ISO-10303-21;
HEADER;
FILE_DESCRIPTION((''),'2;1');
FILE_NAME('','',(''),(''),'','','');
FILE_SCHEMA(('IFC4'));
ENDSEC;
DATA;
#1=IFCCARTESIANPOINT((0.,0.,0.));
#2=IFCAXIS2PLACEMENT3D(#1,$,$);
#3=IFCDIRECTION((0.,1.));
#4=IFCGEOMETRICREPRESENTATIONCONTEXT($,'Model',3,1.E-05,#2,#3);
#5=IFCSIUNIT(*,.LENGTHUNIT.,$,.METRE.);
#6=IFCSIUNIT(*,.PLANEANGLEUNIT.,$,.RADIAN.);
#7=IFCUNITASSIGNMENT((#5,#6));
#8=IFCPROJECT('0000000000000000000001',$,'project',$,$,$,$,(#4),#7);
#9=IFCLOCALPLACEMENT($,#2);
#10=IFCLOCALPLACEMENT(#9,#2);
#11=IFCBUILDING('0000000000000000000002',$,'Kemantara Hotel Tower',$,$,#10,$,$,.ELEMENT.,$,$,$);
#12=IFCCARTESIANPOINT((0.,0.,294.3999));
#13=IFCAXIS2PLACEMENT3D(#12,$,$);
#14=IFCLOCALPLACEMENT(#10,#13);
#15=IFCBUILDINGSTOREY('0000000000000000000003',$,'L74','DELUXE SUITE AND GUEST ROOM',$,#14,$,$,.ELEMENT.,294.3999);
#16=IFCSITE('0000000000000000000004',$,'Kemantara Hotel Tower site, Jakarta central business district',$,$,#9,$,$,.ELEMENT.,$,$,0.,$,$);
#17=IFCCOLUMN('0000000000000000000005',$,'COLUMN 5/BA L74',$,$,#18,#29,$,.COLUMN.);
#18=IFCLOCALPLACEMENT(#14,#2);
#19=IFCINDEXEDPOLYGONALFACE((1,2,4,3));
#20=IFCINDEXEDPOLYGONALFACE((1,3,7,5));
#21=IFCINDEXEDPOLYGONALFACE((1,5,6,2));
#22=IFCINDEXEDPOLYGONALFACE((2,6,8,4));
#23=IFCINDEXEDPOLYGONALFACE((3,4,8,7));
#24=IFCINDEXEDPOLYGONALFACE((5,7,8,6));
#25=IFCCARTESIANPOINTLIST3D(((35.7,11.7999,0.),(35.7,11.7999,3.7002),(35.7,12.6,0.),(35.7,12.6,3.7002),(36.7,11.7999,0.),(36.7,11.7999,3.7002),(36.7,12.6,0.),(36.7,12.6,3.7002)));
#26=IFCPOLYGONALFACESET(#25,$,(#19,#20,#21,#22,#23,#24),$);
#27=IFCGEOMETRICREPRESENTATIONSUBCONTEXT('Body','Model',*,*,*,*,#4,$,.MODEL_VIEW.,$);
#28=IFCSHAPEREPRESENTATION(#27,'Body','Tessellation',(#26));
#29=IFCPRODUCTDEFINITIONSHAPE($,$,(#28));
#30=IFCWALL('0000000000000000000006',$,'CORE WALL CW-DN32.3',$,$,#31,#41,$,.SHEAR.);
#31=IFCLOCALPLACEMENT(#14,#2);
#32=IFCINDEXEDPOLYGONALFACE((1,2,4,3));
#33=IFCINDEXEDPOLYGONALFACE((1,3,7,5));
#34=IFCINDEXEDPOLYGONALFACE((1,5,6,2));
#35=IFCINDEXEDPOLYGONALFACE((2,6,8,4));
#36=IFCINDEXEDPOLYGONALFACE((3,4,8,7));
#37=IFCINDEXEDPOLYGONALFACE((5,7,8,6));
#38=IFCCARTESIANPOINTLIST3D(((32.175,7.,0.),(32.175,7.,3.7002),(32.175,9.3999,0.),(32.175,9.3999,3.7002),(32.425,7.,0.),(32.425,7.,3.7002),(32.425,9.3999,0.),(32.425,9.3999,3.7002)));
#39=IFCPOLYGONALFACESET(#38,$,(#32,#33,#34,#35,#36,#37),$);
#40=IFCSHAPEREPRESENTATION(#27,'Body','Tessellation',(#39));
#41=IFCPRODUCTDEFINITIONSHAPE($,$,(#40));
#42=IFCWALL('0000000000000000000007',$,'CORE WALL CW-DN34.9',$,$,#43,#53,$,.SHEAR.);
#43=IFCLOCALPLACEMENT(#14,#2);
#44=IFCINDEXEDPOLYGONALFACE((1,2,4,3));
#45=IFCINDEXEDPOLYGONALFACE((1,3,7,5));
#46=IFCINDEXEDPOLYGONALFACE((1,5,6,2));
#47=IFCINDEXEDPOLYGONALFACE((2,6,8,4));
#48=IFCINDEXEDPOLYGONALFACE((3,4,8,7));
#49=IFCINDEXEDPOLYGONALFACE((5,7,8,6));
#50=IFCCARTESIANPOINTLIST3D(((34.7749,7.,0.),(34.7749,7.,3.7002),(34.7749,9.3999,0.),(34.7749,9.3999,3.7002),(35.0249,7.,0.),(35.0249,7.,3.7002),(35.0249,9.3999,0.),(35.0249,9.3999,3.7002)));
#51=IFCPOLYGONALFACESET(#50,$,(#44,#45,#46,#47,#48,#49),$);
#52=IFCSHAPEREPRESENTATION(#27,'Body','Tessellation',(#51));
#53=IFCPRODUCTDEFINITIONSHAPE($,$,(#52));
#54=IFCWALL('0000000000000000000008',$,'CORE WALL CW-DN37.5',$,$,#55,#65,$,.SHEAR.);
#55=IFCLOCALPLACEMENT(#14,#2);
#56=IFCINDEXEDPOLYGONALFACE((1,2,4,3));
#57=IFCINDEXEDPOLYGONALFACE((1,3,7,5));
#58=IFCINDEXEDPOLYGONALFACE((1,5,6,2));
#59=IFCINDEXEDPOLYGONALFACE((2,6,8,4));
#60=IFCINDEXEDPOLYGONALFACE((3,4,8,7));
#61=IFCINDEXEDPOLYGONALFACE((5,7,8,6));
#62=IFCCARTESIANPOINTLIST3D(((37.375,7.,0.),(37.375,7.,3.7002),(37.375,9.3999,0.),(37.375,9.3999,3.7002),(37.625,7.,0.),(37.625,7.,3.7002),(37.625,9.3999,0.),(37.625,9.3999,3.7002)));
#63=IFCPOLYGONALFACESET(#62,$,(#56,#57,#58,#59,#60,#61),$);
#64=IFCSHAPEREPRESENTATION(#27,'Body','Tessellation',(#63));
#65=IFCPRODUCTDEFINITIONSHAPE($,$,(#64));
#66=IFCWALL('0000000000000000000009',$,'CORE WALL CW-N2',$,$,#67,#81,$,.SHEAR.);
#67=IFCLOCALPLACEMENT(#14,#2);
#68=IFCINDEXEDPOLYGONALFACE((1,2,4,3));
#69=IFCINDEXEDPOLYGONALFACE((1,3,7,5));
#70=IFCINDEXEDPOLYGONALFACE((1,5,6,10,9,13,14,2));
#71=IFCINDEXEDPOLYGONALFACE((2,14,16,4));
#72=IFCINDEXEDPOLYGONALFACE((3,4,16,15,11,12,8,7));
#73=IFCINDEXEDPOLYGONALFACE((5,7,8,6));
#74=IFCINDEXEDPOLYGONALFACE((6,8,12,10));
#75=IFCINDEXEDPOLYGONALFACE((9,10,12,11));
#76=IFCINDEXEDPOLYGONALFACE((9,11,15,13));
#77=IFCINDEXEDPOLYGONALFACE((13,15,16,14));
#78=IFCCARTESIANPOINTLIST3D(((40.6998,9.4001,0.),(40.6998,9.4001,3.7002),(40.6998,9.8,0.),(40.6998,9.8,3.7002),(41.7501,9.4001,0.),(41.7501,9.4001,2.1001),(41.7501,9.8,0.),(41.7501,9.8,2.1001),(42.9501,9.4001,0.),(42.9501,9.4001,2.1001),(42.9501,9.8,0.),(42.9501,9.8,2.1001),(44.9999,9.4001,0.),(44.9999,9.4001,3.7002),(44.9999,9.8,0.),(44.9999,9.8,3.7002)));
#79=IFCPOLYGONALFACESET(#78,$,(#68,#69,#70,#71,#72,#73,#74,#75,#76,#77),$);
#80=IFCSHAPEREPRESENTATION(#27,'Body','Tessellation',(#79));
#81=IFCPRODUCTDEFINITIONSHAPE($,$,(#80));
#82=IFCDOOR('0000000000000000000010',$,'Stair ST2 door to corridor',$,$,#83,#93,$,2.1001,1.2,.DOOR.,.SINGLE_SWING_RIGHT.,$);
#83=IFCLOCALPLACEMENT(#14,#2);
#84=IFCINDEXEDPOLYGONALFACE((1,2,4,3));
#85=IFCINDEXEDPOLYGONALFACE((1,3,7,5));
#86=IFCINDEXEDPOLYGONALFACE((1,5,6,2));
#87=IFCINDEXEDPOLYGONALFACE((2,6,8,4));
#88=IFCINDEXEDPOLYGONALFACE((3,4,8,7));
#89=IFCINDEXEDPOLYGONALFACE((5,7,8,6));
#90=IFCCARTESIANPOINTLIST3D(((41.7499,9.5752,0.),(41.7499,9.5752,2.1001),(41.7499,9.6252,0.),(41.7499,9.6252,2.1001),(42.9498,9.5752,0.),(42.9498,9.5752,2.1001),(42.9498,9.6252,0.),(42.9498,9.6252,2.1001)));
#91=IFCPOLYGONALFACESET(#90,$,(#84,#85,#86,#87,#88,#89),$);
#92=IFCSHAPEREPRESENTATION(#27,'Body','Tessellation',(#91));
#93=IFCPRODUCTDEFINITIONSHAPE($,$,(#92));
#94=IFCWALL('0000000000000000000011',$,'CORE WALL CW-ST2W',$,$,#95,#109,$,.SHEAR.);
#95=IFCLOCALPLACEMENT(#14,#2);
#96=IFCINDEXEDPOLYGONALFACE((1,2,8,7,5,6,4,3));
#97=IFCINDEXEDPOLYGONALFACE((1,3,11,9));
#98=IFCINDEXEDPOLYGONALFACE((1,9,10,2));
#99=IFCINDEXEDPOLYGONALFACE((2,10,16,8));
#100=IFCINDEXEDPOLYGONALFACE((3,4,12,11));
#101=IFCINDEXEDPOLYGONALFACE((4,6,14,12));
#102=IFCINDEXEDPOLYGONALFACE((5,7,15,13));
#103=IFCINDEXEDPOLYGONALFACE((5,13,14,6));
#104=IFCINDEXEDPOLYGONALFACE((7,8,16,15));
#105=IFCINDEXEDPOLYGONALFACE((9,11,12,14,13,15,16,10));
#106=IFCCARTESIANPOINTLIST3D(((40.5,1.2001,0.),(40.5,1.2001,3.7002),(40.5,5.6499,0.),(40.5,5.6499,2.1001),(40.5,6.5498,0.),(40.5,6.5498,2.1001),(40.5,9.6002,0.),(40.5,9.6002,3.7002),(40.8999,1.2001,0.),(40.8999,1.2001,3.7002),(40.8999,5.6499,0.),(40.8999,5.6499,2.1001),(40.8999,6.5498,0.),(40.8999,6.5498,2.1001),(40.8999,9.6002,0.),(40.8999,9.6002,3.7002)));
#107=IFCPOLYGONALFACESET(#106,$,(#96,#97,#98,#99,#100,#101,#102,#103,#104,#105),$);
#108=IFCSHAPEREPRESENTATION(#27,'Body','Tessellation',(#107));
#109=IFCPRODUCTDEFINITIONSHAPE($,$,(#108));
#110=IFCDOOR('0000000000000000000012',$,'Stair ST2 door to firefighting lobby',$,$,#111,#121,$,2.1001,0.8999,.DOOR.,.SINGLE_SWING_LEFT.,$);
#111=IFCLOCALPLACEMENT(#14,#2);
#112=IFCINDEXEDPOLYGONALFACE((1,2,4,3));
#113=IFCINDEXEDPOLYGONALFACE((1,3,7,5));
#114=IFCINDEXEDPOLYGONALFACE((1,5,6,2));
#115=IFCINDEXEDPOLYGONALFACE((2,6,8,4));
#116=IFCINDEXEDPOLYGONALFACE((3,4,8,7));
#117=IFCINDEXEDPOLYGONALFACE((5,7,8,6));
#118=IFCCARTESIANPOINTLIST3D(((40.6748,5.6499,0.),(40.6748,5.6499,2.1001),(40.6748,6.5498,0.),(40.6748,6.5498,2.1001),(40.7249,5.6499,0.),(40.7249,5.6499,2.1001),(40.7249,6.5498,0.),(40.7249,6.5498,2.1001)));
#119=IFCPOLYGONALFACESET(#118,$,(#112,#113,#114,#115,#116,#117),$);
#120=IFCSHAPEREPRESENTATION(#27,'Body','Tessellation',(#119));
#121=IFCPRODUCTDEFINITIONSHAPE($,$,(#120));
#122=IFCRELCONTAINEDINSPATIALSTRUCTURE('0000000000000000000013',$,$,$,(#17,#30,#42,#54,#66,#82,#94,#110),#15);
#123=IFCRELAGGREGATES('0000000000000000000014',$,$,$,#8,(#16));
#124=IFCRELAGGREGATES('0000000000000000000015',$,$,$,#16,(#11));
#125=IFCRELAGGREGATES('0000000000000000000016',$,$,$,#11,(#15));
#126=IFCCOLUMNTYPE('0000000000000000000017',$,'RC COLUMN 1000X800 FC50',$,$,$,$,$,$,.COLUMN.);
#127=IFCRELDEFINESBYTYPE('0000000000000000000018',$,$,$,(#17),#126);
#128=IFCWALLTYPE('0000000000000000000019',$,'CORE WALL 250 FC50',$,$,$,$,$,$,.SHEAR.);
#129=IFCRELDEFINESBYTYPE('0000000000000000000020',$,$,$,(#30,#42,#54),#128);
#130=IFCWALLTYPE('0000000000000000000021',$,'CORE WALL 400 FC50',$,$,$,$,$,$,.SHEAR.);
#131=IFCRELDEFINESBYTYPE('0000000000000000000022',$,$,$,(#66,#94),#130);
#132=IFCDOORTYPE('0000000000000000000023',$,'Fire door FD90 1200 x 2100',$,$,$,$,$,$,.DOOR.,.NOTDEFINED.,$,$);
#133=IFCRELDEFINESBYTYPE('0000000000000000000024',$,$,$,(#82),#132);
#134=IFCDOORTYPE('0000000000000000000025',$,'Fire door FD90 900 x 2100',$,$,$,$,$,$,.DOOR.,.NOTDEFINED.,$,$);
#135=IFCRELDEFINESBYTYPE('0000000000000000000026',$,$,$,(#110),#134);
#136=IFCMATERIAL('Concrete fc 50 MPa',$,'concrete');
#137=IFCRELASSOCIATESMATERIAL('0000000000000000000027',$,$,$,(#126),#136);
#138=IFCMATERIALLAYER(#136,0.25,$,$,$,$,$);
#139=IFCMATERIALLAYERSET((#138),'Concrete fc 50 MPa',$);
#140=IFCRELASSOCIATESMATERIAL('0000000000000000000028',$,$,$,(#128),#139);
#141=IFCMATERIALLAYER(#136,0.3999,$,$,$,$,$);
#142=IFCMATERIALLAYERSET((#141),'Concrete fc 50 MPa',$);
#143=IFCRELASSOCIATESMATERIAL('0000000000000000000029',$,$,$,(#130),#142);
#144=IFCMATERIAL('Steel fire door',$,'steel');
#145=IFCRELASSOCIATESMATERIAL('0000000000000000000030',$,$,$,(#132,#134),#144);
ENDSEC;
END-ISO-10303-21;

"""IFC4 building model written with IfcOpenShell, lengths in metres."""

from ifc_helpers import new_model, si_unit, direction, frame, frame_2d, origin, origin_2d, place, context, subcontext, project, spatial, rectangle, extrude, material, layer, layer_set, material_profile, profile_set, type_object, element, fill, save


model = new_model("IFC4")

# Units and contexts
model_context = context("Model", 3, precision=1e-05, world=origin(), true_north=direction((0.0, 1.0)))
body_context = subcontext(model_context, "Body", "Model", "MODEL_VIEW")
ifc_project = project(units=[si_unit("LENGTHUNIT", "METRE"), si_unit("PLANEANGLEUNIT", "RADIAN")], contexts=[model_context])

# Site, building, storey
site_placement = place(None, origin())
site = spatial("IfcSite", under=ifc_project, at=site_placement, Name="Kemantara Hotel Tower site, Jakarta central business district", CompositionType="ELEMENT", RefElevation=0.0)
building_placement = place(site_placement, origin())
building = spatial("IfcBuilding", under=site, at=building_placement, Name="Kemantara Hotel Tower", CompositionType="ELEMENT")
storey_placement = place(building_placement, frame((0.0, 0.0, 294.3999)))
storey = spatial("IfcBuildingStorey", under=building, at=storey_placement, Name="L74", Description="DELUXE SUITE AND GUEST ROOM", CompositionType="ELEMENT", Elevation=294.3999)

# Column
ifc_material_1 = material(Name="Concrete fc 50 MPa", Category="concrete")
ifc_material_profile = material_profile(ifc_material_1, rectangle(XDim=1.0, YDim=0.8, at=origin_2d()), Name="RC 1000X800")
ifc_profile_set = profile_set([ifc_material_profile], Name="Concrete fc 50 MPa")
column_type = type_object("IfcColumnType", Name="RC COLUMN 1000X800 FC50", PredefinedType="COLUMN", material=ifc_profile_set)
column_placement = place(storey_placement, frame((36.2, 12.2, 0.0), z_axis=(0.0, 0.0, 1.0), x_axis=(1.0, 0.0, 0.0)))
element("IfcColumn", 1, at=column_placement, inside=storey, type_object=column_type, Name="COLUMN 5/BA L74", PredefinedType="COLUMN", context=body_context, shape_type="SweptSolid", body=[
    extrude(rectangle(XDim=1.0, YDim=0.8, at=origin_2d()), origin(), (0.0, 0.0, 1.0), 3.7002),
])

# Walls
ifc_layer_1 = layer(ifc_material_1, 0.25)
ifc_layer_set_1 = layer_set([ifc_layer_1], Name="Concrete fc 50 MPa")
wall_type_1 = type_object("IfcWallType", Name="CORE WALL 250 FC50", PredefinedType="SHEAR", material=ifc_layer_set_1)
for number, where, z_axis, x_axis, name in (
    (2, (32.3, 7.0, 0.0), (0.0, 0.0, 1.0), (0.0, 1.0, 0.0), "CORE WALL CW-DN32.3"),
    (3, (34.8999, 7.0, 0.0), (0.0, 0.0, 1.0), (0.0, 1.0, 0.0), "CORE WALL CW-DN34.9"),
    (4, (37.5, 7.0, 0.0), (0.0, 0.0, 1.0), (0.0, 1.0, 0.0), "CORE WALL CW-DN37.5"),
):
    element("IfcWall", number, at=place(storey_placement, frame(where, z_axis=z_axis, x_axis=x_axis)), inside=storey, type_object=wall_type_1, Name=name, PredefinedType="SHEAR", context=body_context, shape_type="SweptSolid", body=[
        extrude(rectangle(XDim=2.3999, YDim=0.25, at=frame_2d((1.2, 0.0))), origin(), (0.0, 0.0, 1.0), 3.7002),
    ])

# Walls, openings, doors
ifc_layer_2 = layer(ifc_material_1, 0.3999)
ifc_layer_set_2 = layer_set([ifc_layer_2], Name="Concrete fc 50 MPa")
wall_type_2 = type_object("IfcWallType", Name="CORE WALL 400 FC50", PredefinedType="SHEAR", material=ifc_layer_set_2)
wall_1_placement = place(storey_placement, frame((40.7, 9.6001, 0.0), z_axis=(0.0, 0.0, 1.0), x_axis=(1.0, 0.0, 0.0)))
wall_1 = element("IfcWall", 5, at=wall_1_placement, inside=storey, type_object=wall_type_2, Name="CORE WALL CW-N2", PredefinedType="SHEAR", context=body_context, shape_type="SweptSolid", body=[
    extrude(rectangle(XDim=4.3, YDim=0.3999, at=frame_2d((2.1499, 0.0))), origin(), (0.0, 0.0, 1.0), 3.7002),
])
opening_1_placement = place(wall_1_placement, frame((1.05, 0.0, 0.0)))
opening_1 = element("IfcOpeningElement", 6, at=opening_1_placement, cuts=wall_1, PredefinedType="OPENING", context=body_context, shape_type="SweptSolid", body=[
    extrude(rectangle(XDim=1.2, YDim=2.1001, at=frame_2d((0.6001, 1.05))), frame((0.0, 0.21, 0.0), z_axis=(0.0, -1.0, 0.0), x_axis=(1.0, 0.0, 0.0)), (0.0, 0.0, 1.0), 0.4199),
])
ifc_material_2 = material(Name="Steel fire door", Category="steel")
door_type_1 = type_object("IfcDoorType", Name="Fire door FD90 1200 x 2100", OperationType="NOTDEFINED", PredefinedType="DOOR", material=ifc_material_2)
door_1_placement = place(opening_1_placement, frame((1.2, 0.0, 0.0), z_axis=(0.0, 0.0, 1.0), x_axis=(-1.0, 0.0, 0.0)))
door_1 = element("IfcDoor", 7, at=door_1_placement, inside=storey, type_object=door_type_1, Name="Stair ST2 door to corridor", OperationType="SINGLE_SWING_RIGHT", OverallHeight=2.1001, OverallWidth=1.2, PredefinedType="DOOR", context=body_context, shape_type="SweptSolid", body=[
    extrude(rectangle(XDim=1.2, YDim=2.1001, at=frame_2d((0.6001, 1.05))), frame((0.0, 0.0249, 0.0), z_axis=(0.0, -1.0, 0.0), x_axis=(1.0, 0.0, 0.0)), (0.0, 0.0, 1.0), 0.05),
])
fill(opening_1, door_1)
wall_2_placement = place(storey_placement, frame((40.7, 1.2, 0.0), z_axis=(0.0, 0.0, 1.0), x_axis=(0.0, 1.0, 0.0)))
wall_2 = element("IfcWall", 8, at=wall_2_placement, inside=storey, type_object=wall_type_2, Name="CORE WALL CW-ST2W", PredefinedType="SHEAR", context=body_context, shape_type="SweptSolid", body=[
    extrude(rectangle(XDim=8.4001, YDim=0.3999, at=frame_2d((4.2002, 0.0))), origin(), (0.0, 0.0, 1.0), 3.7002),
])
opening_2_placement = place(wall_2_placement, frame((4.45, 0.0, 0.0)))
opening_2 = element("IfcOpeningElement", 9, at=opening_2_placement, cuts=wall_2, PredefinedType="OPENING", context=body_context, shape_type="SweptSolid", body=[
    extrude(rectangle(XDim=0.8999, YDim=2.1001, at=frame_2d((0.45, 1.05))), frame((0.0, 0.21, 0.0), z_axis=(0.0, -1.0, 0.0), x_axis=(1.0, 0.0, 0.0)), (0.0, 0.0, 1.0), 0.4199),
])
door_type_2 = type_object("IfcDoorType", Name="Fire door FD90 900 x 2100", OperationType="NOTDEFINED", PredefinedType="DOOR", material=ifc_material_2)
door_2_placement = place(opening_2_placement, frame((0.8999, 0.0, 0.0), z_axis=(0.0, 0.0, 1.0), x_axis=(-1.0, 0.0, 0.0)))
door_2 = element("IfcDoor", 10, at=door_2_placement, inside=storey, type_object=door_type_2, Name="Stair ST2 door to firefighting lobby", OperationType="SINGLE_SWING_LEFT", OverallHeight=2.1001, OverallWidth=0.8999, PredefinedType="DOOR", context=body_context, shape_type="SweptSolid", body=[
    extrude(rectangle(XDim=0.8999, YDim=2.1001, at=frame_2d((0.45, 1.05))), frame((0.0, 0.0249, 0.0), z_axis=(0.0, -1.0, 0.0), x_axis=(1.0, 0.0, 0.0)), (0.0, 0.0, 1.0), 0.05),
])
fill(opening_2, door_2)

save(model, "model.ifc")
